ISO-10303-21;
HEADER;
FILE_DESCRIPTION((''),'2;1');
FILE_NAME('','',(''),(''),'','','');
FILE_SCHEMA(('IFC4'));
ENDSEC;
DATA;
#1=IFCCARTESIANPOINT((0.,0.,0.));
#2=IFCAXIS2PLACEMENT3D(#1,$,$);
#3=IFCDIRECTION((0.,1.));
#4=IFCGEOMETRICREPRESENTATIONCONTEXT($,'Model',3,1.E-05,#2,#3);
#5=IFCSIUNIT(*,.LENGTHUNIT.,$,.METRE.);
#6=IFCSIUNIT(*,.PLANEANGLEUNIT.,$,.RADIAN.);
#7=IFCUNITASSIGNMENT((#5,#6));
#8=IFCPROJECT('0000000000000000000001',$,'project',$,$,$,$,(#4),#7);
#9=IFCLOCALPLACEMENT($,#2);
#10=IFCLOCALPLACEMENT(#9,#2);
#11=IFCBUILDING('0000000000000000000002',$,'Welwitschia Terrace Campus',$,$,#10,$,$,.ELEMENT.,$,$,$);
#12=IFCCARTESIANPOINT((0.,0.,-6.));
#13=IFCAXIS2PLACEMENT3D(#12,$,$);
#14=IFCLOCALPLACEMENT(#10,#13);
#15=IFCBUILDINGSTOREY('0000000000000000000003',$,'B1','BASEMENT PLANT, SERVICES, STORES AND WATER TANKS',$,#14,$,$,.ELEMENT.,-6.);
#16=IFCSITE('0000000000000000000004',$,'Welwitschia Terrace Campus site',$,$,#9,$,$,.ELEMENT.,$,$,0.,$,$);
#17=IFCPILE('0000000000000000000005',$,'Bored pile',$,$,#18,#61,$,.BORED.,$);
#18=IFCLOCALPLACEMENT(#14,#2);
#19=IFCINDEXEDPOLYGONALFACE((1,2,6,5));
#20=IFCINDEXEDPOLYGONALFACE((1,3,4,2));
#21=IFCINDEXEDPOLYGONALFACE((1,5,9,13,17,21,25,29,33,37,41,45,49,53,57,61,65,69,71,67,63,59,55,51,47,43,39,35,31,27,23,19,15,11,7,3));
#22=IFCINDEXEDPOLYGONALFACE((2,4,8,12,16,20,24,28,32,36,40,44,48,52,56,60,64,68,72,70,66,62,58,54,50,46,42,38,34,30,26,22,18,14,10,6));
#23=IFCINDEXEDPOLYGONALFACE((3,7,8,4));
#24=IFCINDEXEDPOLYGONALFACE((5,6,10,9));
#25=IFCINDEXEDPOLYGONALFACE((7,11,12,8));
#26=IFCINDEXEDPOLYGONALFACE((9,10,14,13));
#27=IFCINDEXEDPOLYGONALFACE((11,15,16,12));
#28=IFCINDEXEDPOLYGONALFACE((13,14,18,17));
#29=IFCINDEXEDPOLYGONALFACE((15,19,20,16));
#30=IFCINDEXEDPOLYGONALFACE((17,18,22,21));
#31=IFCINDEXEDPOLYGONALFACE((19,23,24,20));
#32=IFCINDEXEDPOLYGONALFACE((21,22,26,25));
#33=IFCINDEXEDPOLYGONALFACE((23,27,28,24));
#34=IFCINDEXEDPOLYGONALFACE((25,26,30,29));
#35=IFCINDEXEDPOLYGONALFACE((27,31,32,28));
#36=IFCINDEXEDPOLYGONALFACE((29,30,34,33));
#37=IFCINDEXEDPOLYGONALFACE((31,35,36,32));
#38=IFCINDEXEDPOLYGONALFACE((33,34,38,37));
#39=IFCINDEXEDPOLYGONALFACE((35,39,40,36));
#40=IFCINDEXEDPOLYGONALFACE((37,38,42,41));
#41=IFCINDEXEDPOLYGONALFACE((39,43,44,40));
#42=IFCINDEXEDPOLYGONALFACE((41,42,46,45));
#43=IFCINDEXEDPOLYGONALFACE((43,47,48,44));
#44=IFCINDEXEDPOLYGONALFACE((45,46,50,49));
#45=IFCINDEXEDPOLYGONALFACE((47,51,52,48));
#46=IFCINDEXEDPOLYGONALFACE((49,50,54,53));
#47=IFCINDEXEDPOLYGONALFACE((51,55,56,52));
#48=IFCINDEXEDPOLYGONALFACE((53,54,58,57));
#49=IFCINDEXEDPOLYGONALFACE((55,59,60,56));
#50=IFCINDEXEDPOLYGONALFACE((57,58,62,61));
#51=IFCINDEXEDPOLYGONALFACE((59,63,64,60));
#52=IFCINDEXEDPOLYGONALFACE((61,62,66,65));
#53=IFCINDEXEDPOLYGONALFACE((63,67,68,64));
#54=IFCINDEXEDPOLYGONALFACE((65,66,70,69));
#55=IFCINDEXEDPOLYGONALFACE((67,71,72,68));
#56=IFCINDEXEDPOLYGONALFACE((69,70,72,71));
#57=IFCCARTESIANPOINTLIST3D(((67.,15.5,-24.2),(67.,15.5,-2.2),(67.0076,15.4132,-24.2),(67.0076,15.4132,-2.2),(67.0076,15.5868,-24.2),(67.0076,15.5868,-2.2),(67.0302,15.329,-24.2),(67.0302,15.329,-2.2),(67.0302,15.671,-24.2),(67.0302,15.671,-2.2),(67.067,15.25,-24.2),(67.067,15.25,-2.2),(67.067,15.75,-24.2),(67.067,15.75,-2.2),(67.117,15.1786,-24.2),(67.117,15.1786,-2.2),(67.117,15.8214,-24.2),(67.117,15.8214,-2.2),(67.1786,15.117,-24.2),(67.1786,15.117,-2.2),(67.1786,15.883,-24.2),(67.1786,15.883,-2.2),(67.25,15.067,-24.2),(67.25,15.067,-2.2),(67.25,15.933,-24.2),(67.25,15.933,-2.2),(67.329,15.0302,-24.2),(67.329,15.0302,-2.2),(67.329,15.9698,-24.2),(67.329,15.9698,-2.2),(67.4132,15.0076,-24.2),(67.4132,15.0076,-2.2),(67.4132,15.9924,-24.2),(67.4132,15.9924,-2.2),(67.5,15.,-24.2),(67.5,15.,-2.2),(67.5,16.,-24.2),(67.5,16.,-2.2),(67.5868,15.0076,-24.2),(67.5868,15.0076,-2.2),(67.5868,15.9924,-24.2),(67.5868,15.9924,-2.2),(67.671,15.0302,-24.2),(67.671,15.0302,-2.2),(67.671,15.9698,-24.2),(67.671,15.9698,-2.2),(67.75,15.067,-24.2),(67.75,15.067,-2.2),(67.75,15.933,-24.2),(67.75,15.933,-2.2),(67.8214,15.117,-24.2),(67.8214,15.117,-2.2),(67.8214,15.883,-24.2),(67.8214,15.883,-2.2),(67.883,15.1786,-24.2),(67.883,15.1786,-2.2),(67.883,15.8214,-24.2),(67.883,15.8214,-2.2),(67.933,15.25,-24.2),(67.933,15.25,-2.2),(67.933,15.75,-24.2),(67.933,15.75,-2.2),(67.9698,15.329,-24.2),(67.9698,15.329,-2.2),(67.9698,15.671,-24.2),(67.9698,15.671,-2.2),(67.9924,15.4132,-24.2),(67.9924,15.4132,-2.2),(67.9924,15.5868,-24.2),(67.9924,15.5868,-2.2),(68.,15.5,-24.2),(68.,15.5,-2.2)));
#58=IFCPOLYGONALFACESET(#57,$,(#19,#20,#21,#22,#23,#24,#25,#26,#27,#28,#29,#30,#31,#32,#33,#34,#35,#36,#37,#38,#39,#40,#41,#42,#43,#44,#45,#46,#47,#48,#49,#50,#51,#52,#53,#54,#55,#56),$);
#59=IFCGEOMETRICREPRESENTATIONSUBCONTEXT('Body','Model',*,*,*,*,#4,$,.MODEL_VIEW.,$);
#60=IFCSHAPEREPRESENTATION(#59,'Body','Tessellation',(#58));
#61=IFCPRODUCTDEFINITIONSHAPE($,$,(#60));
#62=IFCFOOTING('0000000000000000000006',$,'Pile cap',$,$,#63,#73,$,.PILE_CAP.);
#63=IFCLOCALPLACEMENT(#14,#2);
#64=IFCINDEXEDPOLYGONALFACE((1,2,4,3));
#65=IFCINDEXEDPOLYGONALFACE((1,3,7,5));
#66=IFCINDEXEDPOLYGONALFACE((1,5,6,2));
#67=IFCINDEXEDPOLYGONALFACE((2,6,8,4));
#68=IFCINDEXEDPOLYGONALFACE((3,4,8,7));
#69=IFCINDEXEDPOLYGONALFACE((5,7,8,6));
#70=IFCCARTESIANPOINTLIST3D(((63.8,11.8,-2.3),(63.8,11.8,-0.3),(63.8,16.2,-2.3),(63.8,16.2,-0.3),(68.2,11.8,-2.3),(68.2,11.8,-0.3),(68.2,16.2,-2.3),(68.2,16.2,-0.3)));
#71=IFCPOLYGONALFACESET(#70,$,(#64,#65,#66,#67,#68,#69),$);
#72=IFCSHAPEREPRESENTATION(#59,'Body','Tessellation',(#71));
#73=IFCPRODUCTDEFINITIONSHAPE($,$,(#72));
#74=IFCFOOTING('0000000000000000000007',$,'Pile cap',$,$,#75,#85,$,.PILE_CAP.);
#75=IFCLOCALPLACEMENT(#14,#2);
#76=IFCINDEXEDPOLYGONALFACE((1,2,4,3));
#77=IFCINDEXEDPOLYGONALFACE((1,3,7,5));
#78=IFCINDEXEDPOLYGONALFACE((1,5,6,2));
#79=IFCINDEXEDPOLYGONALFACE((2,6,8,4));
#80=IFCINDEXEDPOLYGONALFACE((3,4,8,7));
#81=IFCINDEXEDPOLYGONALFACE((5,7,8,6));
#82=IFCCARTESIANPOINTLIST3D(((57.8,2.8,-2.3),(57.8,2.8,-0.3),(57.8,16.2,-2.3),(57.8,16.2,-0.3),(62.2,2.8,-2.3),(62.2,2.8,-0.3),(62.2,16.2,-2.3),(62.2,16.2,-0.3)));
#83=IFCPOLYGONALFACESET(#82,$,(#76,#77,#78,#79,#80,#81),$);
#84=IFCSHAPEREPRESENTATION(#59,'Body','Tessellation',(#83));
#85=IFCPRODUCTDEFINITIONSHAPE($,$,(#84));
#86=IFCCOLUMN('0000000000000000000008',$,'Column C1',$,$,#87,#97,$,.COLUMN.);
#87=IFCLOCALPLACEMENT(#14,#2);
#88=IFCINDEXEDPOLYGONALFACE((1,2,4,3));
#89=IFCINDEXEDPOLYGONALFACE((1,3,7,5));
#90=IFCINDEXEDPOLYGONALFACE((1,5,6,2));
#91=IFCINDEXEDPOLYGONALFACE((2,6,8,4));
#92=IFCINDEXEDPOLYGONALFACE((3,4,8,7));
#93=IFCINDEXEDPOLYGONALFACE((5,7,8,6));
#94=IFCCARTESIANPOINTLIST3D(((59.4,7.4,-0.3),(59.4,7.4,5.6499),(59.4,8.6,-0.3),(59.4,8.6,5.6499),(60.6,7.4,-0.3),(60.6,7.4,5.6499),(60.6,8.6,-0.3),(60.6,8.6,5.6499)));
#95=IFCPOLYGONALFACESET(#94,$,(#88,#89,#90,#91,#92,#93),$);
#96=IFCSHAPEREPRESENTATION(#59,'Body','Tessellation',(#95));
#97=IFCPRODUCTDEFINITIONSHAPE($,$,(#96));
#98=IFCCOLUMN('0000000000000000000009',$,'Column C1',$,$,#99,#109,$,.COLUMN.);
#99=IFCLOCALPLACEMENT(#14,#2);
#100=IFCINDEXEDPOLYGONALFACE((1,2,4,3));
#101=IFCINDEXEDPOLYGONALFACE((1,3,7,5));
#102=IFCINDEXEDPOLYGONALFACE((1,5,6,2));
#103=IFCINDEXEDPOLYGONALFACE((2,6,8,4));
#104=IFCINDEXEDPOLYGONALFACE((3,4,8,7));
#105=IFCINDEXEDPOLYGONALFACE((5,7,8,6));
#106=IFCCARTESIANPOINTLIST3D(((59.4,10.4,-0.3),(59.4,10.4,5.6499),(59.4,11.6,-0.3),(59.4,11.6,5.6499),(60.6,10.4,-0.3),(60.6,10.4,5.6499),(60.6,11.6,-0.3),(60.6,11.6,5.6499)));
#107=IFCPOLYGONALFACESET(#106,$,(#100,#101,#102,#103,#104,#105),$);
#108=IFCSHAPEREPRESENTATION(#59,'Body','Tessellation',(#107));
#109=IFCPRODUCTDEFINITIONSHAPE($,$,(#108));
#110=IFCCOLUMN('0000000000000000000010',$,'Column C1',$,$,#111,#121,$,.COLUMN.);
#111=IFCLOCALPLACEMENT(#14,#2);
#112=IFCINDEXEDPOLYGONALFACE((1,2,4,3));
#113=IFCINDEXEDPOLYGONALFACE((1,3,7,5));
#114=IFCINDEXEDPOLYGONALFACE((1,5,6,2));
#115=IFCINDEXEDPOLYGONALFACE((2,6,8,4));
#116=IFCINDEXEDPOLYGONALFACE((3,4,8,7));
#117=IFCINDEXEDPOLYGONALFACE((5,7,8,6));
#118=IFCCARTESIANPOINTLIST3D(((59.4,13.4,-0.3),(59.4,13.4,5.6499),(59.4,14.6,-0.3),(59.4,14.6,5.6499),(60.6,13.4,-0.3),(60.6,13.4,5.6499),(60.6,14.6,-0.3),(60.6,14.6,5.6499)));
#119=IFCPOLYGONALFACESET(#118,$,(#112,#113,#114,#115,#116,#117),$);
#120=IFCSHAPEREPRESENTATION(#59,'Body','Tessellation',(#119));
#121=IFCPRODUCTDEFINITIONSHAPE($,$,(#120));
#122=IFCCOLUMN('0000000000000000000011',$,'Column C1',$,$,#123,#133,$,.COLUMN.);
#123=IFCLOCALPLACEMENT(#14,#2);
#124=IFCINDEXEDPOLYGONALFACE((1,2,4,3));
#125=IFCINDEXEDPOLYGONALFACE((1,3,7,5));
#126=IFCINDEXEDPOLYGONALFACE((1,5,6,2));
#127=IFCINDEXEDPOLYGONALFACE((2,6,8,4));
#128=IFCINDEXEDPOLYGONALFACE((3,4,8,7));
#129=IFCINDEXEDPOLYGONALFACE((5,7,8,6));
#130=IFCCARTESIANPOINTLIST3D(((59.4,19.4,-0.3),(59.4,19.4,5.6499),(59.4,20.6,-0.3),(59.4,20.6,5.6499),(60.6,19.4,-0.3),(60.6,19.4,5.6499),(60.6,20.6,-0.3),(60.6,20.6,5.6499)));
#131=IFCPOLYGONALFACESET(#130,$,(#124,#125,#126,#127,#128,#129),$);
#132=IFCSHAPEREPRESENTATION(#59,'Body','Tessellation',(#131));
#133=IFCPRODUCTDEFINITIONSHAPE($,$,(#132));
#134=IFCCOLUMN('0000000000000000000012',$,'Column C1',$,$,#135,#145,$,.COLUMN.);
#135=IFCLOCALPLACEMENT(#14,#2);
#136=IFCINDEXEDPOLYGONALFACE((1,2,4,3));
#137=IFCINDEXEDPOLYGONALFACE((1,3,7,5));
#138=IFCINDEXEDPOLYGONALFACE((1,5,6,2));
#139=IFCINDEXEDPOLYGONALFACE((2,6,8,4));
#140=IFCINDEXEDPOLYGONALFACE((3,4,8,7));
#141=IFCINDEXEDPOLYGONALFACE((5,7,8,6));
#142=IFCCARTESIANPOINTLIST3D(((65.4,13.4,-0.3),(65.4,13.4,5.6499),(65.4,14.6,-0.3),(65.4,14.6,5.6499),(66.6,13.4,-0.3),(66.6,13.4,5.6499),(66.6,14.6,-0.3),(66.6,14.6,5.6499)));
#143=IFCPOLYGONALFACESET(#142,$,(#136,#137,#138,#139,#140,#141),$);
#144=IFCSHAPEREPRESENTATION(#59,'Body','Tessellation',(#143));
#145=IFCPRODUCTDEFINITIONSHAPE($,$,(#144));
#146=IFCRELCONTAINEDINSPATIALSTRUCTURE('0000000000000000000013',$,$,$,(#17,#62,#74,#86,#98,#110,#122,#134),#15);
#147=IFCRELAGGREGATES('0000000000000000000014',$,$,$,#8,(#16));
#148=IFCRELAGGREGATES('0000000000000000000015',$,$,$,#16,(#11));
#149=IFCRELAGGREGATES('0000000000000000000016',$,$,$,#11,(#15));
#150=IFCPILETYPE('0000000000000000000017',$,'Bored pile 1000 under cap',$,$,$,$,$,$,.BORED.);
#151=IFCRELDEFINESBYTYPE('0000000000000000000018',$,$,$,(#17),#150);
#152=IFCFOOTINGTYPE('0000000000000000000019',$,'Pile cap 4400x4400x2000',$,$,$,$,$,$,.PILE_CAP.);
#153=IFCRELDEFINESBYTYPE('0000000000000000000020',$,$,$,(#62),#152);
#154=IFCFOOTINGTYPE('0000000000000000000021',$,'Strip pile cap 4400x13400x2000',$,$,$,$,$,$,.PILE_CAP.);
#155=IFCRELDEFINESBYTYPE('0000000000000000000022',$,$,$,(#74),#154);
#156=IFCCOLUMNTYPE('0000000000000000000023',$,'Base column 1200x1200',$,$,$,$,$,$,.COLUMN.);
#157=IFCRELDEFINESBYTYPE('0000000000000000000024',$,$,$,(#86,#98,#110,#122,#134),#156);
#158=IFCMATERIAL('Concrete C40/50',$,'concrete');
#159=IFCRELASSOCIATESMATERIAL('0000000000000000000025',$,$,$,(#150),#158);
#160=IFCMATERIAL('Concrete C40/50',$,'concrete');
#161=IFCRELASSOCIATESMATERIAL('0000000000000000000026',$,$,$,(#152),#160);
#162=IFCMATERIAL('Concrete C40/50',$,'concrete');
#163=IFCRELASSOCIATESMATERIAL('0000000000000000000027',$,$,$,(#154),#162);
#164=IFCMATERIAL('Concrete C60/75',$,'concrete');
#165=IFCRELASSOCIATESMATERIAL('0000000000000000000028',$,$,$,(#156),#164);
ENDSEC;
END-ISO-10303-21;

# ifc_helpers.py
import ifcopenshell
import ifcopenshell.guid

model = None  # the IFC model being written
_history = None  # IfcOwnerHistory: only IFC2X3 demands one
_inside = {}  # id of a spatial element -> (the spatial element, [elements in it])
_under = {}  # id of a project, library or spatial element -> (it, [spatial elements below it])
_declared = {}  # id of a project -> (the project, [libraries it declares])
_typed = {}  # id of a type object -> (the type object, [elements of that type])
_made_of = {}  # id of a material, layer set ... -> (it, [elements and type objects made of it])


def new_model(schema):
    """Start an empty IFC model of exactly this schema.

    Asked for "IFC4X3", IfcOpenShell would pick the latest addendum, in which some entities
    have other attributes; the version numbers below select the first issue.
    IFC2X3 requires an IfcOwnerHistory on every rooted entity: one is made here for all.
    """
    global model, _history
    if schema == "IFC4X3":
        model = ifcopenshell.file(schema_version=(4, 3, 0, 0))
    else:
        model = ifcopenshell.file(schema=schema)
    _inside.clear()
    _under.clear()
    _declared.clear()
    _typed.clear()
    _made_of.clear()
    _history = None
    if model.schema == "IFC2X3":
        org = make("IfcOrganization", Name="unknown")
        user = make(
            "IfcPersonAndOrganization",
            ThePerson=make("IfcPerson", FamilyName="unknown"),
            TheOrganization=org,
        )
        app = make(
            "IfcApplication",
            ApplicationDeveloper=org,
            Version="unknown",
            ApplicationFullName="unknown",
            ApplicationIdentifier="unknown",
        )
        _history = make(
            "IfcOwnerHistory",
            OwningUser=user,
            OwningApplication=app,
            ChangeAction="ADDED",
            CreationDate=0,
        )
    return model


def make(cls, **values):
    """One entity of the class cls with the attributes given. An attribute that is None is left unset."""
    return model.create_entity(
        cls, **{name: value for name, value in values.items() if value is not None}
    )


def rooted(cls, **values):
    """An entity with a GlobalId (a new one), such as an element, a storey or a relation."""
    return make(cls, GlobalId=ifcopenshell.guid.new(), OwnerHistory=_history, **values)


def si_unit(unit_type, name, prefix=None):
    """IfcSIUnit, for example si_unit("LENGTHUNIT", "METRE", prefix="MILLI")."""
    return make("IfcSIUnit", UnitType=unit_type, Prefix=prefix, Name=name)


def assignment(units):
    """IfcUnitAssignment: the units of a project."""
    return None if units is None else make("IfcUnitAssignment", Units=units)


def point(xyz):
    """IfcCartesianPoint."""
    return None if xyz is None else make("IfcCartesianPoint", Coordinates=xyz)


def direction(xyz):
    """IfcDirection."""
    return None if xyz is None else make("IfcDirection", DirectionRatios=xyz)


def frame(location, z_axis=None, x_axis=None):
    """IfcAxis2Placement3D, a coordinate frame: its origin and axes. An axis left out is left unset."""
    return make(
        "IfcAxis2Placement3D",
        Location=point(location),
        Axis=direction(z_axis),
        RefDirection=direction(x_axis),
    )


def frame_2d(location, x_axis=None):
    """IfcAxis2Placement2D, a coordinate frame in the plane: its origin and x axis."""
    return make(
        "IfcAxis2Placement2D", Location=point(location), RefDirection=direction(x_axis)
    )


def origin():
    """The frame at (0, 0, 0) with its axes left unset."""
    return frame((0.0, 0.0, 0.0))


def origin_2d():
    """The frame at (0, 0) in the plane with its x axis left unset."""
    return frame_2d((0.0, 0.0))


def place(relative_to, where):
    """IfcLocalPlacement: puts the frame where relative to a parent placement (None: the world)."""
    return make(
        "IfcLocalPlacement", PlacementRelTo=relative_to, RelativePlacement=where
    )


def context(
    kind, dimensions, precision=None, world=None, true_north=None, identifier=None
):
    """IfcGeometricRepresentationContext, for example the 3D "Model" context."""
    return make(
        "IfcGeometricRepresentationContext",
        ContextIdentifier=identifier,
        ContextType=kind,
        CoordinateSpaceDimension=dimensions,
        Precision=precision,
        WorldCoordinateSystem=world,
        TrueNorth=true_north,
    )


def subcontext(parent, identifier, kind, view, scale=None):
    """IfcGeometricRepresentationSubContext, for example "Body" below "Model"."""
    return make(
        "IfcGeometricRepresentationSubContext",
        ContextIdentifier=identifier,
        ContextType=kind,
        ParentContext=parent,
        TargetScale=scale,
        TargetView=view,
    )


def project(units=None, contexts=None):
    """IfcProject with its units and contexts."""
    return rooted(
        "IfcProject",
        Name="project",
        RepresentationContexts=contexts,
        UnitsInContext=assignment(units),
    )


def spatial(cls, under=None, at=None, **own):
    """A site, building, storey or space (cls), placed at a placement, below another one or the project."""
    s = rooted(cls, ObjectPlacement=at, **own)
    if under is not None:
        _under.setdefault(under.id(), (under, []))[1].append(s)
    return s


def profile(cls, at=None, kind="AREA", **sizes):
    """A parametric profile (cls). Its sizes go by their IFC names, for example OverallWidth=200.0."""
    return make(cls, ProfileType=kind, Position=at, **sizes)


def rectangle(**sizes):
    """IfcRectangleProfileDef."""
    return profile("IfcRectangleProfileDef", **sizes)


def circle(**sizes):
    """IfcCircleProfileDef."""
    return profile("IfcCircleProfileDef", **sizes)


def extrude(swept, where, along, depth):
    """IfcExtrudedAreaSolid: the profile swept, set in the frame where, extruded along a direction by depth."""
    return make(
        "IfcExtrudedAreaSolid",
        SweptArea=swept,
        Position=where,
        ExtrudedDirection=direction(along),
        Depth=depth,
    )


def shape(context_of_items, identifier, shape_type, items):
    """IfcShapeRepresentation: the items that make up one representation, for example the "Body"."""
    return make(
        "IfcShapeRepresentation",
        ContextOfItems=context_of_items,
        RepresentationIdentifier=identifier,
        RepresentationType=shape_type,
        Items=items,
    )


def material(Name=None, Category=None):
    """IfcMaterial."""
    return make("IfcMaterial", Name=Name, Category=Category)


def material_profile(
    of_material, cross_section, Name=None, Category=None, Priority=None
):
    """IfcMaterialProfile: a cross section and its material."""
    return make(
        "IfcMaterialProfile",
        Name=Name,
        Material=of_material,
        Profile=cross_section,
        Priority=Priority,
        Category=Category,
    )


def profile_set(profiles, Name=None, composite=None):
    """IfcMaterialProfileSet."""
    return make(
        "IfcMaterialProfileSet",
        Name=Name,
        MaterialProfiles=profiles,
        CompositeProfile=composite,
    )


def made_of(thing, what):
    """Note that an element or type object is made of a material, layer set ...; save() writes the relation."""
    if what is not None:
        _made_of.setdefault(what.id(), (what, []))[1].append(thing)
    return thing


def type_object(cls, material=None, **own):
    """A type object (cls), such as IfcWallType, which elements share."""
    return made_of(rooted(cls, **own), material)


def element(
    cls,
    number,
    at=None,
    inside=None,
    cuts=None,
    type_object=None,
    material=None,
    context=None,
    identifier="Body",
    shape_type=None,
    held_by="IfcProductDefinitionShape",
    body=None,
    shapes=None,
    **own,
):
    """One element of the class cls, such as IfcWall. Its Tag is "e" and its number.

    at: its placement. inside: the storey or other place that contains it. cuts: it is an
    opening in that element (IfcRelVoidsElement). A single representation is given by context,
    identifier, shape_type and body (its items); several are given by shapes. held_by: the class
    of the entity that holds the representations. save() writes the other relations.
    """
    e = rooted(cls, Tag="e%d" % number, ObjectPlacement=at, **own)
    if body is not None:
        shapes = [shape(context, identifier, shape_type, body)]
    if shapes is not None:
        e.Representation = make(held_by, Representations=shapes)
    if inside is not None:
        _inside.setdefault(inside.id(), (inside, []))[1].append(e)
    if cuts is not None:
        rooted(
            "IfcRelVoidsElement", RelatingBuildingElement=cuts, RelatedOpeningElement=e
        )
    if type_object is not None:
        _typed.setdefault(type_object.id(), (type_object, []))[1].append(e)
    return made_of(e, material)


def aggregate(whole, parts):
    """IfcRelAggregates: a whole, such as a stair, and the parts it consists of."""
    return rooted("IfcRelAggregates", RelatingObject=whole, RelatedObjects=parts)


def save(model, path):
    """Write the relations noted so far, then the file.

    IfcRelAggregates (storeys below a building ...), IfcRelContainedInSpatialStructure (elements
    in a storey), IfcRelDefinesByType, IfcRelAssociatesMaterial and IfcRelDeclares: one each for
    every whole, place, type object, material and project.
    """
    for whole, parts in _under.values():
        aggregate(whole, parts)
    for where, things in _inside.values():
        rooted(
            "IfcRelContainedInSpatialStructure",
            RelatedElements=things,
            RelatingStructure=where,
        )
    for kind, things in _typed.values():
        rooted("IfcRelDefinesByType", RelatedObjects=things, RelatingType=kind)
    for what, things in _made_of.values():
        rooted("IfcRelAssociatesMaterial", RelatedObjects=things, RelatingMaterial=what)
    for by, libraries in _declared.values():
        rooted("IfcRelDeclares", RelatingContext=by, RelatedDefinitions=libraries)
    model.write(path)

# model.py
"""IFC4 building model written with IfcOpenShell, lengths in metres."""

from ifc_helpers import new_model, si_unit, direction, frame, origin, origin_2d, place, context, subcontext, project, spatial, rectangle, circle, extrude, material, material_profile, profile_set, type_object, element, save


model = new_model("IFC4")

# Units and contexts
model_context = context("Model", 3, precision=1e-05, world=origin(), true_north=direction((0.0, 1.0)))
body_context = subcontext(model_context, "Body", "Model", "MODEL_VIEW")
ifc_project = project(units=[si_unit("LENGTHUNIT", "METRE"), si_unit("PLANEANGLEUNIT", "RADIAN")], contexts=[model_context])

# Site, building, storey
site_placement = place(None, origin())
site = spatial("IfcSite", under=ifc_project, at=site_placement, Name="Welwitschia Terrace Campus site", CompositionType="ELEMENT", RefElevation=0.0)
building_placement = place(site_placement, origin())
building = spatial("IfcBuilding", under=site, at=building_placement, Name="Welwitschia Terrace Campus", CompositionType="ELEMENT")
storey_placement = place(building_placement, frame((0.0, 0.0, -6.0)))
storey = spatial("IfcBuildingStorey", under=building, at=storey_placement, Name="B1", Description="BASEMENT PLANT, SERVICES, STORES AND WATER TANKS", CompositionType="ELEMENT", Elevation=-6.0)

# Pile
ifc_material_1 = material(Name="Concrete C40/50", Category="concrete")
pile_type = type_object("IfcPileType", Name="Bored pile 1000 under cap", PredefinedType="BORED", material=ifc_material_1)
for number, where, z_axis, x_axis, name in (
    (1, (67.5, 15.5, -2.2), (0.0, 0.0, -1.0), (1.0, 0.0, 0.0), "Bored pile"),
):
    element("IfcPile", number, at=place(storey_placement, frame(where, z_axis=z_axis, x_axis=x_axis)), inside=storey, type_object=pile_type, Name=name, PredefinedType="BORED", context=body_context, shape_type="SweptSolid", body=[
        extrude(circle(Radius=0.5, at=origin_2d()), origin(), (0.0, 0.0, 1.0), 22.0),
    ])

# Footings
ifc_material_2 = material(Name="Concrete C40/50", Category="concrete")
footing_type_1 = type_object("IfcFootingType", Name="Pile cap 4400x4400x2000", PredefinedType="PILE_CAP", material=ifc_material_2)
footing_1_placement = place(storey_placement, frame((66.0, 14.0, -2.3), z_axis=(0.0, 0.0, 1.0), x_axis=(1.0, 0.0, 0.0)))
element("IfcFooting", 2, at=footing_1_placement, inside=storey, type_object=footing_type_1, Name="Pile cap", PredefinedType="PILE_CAP", context=body_context, shape_type="SweptSolid", body=[
    extrude(rectangle(XDim=4.3999, YDim=4.3999, at=origin_2d()), origin(), (0.0, 0.0, 1.0), 2.0),
])
ifc_material_3 = material(Name="Concrete C40/50", Category="concrete")
footing_type_2 = type_object("IfcFootingType", Name="Strip pile cap 4400x13400x2000", PredefinedType="PILE_CAP", material=ifc_material_3)
footing_2_placement = place(storey_placement, frame((60.0, 9.5, -2.3), z_axis=(0.0, 0.0, 1.0), x_axis=(1.0, 0.0, 0.0)))
element("IfcFooting", 3, at=footing_2_placement, inside=storey, type_object=footing_type_2, Name="Pile cap", PredefinedType="PILE_CAP", context=body_context, shape_type="SweptSolid", body=[
    extrude(rectangle(XDim=4.3999, YDim=13.3999, at=origin_2d()), origin(), (0.0, 0.0, 1.0), 2.0),
])

# Columns
ifc_material_4 = material(Name="Concrete C60/75", Category="concrete")
ifc_material_profile = material_profile(ifc_material_4, rectangle(XDim=1.2, YDim=1.2, at=origin_2d()))
ifc_profile_set = profile_set([ifc_material_profile], Name="Concrete C60/75")
column_type = type_object("IfcColumnType", Name="Base column 1200x1200", PredefinedType="COLUMN", material=ifc_profile_set)
for number, where, z_axis, x_axis, name in (
    (4, (60.0, 8.0, -0.3), (0.0, 0.0, 1.0), (1.0, 0.0, 0.0), "Column C1"),
    (5, (60.0, 11.0, -0.3), (0.0, 0.0, 1.0), (1.0, 0.0, 0.0), "Column C1"),
    (6, (60.0, 14.0, -0.3), (0.0, 0.0, 1.0), (1.0, 0.0, 0.0), "Column C1"),
    (7, (60.0, 20.0, -0.3), (0.0, 0.0, 1.0), (1.0, 0.0, 0.0), "Column C1"),
    (8, (66.0, 14.0, -0.3), (0.0, 0.0, 1.0), (1.0, 0.0, 0.0), "Column C1"),
):
    element("IfcColumn", number, at=place(storey_placement, frame(where, z_axis=z_axis, x_axis=x_axis)), inside=storey, type_object=column_type, Name=name, PredefinedType="COLUMN", context=body_context, shape_type="SweptSolid", body=[
        extrude(rectangle(XDim=1.2, YDim=1.2, at=origin_2d()), origin(), (0.0, 0.0, 1.0), 5.95),
    ])

save(model, "model.ifc")
